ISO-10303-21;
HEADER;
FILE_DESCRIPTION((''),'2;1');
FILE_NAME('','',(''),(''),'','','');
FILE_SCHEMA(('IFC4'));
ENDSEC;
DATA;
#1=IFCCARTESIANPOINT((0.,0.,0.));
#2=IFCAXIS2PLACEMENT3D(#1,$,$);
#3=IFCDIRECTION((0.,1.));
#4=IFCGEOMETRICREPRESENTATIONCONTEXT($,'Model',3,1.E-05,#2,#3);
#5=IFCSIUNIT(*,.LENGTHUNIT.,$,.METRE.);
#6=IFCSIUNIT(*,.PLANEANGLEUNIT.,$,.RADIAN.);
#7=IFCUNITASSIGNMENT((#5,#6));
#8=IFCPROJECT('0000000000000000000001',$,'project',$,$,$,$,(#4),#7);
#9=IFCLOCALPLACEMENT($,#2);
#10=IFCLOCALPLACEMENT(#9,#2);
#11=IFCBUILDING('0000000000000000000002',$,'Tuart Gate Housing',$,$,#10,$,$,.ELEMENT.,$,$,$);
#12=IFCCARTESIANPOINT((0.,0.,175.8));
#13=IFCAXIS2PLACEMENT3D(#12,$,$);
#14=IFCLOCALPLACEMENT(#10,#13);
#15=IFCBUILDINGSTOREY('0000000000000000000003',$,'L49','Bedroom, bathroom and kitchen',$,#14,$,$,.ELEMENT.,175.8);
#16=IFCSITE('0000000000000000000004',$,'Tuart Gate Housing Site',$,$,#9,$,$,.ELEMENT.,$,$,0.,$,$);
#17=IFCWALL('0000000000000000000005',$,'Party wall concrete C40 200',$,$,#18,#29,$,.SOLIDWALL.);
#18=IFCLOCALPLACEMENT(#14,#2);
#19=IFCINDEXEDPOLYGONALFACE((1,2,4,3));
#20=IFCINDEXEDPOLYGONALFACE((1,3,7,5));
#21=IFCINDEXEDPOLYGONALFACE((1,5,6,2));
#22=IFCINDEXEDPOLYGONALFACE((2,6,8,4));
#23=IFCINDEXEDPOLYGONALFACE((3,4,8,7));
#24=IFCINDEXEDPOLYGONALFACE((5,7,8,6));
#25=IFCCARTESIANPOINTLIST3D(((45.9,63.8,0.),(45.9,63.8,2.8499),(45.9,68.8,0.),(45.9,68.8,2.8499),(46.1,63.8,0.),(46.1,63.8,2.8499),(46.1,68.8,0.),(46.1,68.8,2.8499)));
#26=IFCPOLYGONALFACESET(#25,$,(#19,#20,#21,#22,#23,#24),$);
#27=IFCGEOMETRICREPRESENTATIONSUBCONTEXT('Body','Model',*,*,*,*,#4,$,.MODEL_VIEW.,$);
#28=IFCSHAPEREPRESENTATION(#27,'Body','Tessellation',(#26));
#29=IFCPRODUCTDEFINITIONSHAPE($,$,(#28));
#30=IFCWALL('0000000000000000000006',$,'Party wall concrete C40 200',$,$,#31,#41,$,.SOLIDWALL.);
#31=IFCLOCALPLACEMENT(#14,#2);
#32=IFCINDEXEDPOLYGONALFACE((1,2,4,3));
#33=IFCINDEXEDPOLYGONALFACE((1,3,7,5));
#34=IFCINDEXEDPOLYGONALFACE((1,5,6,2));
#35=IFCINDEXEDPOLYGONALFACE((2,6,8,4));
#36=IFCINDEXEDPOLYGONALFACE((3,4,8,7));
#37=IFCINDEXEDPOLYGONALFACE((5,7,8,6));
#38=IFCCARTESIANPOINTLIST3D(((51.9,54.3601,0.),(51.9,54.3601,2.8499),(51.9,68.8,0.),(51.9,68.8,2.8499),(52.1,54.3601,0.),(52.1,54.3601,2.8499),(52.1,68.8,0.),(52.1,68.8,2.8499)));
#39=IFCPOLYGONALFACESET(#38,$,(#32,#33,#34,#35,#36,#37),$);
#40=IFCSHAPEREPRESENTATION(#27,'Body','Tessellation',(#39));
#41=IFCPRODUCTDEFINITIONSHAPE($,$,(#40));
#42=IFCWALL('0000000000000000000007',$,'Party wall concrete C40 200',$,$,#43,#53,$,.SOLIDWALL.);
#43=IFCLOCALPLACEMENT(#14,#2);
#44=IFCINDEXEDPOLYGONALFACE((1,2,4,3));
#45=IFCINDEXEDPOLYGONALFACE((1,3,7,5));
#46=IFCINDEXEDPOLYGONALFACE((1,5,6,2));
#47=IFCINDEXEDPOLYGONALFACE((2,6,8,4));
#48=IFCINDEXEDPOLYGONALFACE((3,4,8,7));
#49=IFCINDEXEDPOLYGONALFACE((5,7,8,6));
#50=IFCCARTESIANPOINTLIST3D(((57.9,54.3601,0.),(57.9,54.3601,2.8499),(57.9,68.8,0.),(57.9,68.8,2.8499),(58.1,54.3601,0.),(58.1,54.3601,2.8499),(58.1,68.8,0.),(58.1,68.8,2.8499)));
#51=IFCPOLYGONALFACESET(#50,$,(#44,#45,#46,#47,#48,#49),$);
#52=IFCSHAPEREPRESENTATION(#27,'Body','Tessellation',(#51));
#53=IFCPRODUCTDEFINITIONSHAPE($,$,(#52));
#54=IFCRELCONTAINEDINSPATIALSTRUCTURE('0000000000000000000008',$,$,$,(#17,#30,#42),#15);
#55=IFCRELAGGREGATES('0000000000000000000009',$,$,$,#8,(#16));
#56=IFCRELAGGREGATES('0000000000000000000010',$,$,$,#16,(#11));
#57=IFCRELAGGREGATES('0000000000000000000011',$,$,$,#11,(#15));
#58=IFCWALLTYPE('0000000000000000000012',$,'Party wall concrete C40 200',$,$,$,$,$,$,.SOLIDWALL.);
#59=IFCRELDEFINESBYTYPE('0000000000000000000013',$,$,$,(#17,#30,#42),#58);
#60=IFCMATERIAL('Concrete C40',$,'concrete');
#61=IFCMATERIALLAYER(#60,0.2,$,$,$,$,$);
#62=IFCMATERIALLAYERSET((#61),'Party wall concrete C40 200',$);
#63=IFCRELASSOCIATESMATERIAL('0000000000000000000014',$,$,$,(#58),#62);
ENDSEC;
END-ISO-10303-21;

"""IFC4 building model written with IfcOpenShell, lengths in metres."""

from ifc_helpers import new_model, si_unit, direction, frame, frame_2d, origin, place, context, subcontext, project, spatial, rectangle, extrude, material, layer, layer_set, type_object, element, save


model = new_model("IFC4")

# Units and contexts
model_context = context("Model", 3, precision=1e-05, world=origin(), true_north=direction((0.0, 1.0)))
body_context = subcontext(model_context, "Body", "Model", "MODEL_VIEW")
ifc_project = project(units=[si_unit("LENGTHUNIT", "METRE"), si_unit("PLANEANGLEUNIT", "RADIAN")], contexts=[model_context])

# Site, building, storey
site_placement = place(None, origin())
site = spatial("IfcSite", under=ifc_project, at=site_placement, Name="Tuart Gate Housing Site", CompositionType="ELEMENT", RefElevation=0.0)
building_placement = place(site_placement, origin())
building = spatial("IfcBuilding", under=site, at=building_placement, Name="Tuart Gate Housing", CompositionType="ELEMENT")
storey_placement = place(building_placement, frame((0.0, 0.0, 175.8)))
storey = spatial("IfcBuildingStorey", under=building, at=storey_placement, Name="L49", Description="Bedroom, bathroom and kitchen", CompositionType="ELEMENT", Elevation=175.8)

# Walls
ifc_material_1 = material(Name="Concrete C40", Category="concrete")
ifc_layer_1 = layer(ifc_material_1, 0.2)
ifc_layer_set_1 = layer_set([ifc_layer_1], Name="Party wall concrete C40 200")
wall_type_1 = type_object("IfcWallType", Name="Party wall concrete C40 200", PredefinedType="SOLIDWALL", material=ifc_layer_set_1)
wall_1_placement = place(storey_placement, frame((46.0, 63.8, 0.0), z_axis=(0.0, 0.0, 1.0), x_axis=(0.0, 1.0, 0.0)))
element("IfcWall", 1, at=wall_1_placement, inside=storey, type_object=wall_type_1, Name="Party wall concrete C40 200", PredefinedType="SOLIDWALL", context=body_context, shape_type="SweptSolid", body=[
    extrude(rectangle(XDim=5.0, YDim=0.2, at=frame_2d((2.5, 0.0))), origin(), (0.0, 0.0, 1.0), 2.8499),
])
for number, where, z_axis, x_axis, name in (
    (2, (52.0, 54.3601, 0.0), (0.0, 0.0, 1.0), (0.0, 1.0, 0.0), "Party wall concrete C40 200"),
    (3, (58.0, 54.3601, 0.0), (0.0, 0.0, 1.0), (0.0, 1.0, 0.0), "Party wall concrete C40 200"),
):
    element("IfcWall", number, at=place(storey_placement, frame(where, z_axis=z_axis, x_axis=x_axis)), inside=storey, type_object=wall_type_1, Name=name, PredefinedType="SOLIDWALL", context=body_context, shape_type="SweptSolid", body=[
        extrude(rectangle(XDim=14.4399, YDim=0.2, at=frame_2d((7.22, 0.0))), origin(), (0.0, 0.0, 1.0), 2.8499),
    ])

save(model, "model.ifc")
